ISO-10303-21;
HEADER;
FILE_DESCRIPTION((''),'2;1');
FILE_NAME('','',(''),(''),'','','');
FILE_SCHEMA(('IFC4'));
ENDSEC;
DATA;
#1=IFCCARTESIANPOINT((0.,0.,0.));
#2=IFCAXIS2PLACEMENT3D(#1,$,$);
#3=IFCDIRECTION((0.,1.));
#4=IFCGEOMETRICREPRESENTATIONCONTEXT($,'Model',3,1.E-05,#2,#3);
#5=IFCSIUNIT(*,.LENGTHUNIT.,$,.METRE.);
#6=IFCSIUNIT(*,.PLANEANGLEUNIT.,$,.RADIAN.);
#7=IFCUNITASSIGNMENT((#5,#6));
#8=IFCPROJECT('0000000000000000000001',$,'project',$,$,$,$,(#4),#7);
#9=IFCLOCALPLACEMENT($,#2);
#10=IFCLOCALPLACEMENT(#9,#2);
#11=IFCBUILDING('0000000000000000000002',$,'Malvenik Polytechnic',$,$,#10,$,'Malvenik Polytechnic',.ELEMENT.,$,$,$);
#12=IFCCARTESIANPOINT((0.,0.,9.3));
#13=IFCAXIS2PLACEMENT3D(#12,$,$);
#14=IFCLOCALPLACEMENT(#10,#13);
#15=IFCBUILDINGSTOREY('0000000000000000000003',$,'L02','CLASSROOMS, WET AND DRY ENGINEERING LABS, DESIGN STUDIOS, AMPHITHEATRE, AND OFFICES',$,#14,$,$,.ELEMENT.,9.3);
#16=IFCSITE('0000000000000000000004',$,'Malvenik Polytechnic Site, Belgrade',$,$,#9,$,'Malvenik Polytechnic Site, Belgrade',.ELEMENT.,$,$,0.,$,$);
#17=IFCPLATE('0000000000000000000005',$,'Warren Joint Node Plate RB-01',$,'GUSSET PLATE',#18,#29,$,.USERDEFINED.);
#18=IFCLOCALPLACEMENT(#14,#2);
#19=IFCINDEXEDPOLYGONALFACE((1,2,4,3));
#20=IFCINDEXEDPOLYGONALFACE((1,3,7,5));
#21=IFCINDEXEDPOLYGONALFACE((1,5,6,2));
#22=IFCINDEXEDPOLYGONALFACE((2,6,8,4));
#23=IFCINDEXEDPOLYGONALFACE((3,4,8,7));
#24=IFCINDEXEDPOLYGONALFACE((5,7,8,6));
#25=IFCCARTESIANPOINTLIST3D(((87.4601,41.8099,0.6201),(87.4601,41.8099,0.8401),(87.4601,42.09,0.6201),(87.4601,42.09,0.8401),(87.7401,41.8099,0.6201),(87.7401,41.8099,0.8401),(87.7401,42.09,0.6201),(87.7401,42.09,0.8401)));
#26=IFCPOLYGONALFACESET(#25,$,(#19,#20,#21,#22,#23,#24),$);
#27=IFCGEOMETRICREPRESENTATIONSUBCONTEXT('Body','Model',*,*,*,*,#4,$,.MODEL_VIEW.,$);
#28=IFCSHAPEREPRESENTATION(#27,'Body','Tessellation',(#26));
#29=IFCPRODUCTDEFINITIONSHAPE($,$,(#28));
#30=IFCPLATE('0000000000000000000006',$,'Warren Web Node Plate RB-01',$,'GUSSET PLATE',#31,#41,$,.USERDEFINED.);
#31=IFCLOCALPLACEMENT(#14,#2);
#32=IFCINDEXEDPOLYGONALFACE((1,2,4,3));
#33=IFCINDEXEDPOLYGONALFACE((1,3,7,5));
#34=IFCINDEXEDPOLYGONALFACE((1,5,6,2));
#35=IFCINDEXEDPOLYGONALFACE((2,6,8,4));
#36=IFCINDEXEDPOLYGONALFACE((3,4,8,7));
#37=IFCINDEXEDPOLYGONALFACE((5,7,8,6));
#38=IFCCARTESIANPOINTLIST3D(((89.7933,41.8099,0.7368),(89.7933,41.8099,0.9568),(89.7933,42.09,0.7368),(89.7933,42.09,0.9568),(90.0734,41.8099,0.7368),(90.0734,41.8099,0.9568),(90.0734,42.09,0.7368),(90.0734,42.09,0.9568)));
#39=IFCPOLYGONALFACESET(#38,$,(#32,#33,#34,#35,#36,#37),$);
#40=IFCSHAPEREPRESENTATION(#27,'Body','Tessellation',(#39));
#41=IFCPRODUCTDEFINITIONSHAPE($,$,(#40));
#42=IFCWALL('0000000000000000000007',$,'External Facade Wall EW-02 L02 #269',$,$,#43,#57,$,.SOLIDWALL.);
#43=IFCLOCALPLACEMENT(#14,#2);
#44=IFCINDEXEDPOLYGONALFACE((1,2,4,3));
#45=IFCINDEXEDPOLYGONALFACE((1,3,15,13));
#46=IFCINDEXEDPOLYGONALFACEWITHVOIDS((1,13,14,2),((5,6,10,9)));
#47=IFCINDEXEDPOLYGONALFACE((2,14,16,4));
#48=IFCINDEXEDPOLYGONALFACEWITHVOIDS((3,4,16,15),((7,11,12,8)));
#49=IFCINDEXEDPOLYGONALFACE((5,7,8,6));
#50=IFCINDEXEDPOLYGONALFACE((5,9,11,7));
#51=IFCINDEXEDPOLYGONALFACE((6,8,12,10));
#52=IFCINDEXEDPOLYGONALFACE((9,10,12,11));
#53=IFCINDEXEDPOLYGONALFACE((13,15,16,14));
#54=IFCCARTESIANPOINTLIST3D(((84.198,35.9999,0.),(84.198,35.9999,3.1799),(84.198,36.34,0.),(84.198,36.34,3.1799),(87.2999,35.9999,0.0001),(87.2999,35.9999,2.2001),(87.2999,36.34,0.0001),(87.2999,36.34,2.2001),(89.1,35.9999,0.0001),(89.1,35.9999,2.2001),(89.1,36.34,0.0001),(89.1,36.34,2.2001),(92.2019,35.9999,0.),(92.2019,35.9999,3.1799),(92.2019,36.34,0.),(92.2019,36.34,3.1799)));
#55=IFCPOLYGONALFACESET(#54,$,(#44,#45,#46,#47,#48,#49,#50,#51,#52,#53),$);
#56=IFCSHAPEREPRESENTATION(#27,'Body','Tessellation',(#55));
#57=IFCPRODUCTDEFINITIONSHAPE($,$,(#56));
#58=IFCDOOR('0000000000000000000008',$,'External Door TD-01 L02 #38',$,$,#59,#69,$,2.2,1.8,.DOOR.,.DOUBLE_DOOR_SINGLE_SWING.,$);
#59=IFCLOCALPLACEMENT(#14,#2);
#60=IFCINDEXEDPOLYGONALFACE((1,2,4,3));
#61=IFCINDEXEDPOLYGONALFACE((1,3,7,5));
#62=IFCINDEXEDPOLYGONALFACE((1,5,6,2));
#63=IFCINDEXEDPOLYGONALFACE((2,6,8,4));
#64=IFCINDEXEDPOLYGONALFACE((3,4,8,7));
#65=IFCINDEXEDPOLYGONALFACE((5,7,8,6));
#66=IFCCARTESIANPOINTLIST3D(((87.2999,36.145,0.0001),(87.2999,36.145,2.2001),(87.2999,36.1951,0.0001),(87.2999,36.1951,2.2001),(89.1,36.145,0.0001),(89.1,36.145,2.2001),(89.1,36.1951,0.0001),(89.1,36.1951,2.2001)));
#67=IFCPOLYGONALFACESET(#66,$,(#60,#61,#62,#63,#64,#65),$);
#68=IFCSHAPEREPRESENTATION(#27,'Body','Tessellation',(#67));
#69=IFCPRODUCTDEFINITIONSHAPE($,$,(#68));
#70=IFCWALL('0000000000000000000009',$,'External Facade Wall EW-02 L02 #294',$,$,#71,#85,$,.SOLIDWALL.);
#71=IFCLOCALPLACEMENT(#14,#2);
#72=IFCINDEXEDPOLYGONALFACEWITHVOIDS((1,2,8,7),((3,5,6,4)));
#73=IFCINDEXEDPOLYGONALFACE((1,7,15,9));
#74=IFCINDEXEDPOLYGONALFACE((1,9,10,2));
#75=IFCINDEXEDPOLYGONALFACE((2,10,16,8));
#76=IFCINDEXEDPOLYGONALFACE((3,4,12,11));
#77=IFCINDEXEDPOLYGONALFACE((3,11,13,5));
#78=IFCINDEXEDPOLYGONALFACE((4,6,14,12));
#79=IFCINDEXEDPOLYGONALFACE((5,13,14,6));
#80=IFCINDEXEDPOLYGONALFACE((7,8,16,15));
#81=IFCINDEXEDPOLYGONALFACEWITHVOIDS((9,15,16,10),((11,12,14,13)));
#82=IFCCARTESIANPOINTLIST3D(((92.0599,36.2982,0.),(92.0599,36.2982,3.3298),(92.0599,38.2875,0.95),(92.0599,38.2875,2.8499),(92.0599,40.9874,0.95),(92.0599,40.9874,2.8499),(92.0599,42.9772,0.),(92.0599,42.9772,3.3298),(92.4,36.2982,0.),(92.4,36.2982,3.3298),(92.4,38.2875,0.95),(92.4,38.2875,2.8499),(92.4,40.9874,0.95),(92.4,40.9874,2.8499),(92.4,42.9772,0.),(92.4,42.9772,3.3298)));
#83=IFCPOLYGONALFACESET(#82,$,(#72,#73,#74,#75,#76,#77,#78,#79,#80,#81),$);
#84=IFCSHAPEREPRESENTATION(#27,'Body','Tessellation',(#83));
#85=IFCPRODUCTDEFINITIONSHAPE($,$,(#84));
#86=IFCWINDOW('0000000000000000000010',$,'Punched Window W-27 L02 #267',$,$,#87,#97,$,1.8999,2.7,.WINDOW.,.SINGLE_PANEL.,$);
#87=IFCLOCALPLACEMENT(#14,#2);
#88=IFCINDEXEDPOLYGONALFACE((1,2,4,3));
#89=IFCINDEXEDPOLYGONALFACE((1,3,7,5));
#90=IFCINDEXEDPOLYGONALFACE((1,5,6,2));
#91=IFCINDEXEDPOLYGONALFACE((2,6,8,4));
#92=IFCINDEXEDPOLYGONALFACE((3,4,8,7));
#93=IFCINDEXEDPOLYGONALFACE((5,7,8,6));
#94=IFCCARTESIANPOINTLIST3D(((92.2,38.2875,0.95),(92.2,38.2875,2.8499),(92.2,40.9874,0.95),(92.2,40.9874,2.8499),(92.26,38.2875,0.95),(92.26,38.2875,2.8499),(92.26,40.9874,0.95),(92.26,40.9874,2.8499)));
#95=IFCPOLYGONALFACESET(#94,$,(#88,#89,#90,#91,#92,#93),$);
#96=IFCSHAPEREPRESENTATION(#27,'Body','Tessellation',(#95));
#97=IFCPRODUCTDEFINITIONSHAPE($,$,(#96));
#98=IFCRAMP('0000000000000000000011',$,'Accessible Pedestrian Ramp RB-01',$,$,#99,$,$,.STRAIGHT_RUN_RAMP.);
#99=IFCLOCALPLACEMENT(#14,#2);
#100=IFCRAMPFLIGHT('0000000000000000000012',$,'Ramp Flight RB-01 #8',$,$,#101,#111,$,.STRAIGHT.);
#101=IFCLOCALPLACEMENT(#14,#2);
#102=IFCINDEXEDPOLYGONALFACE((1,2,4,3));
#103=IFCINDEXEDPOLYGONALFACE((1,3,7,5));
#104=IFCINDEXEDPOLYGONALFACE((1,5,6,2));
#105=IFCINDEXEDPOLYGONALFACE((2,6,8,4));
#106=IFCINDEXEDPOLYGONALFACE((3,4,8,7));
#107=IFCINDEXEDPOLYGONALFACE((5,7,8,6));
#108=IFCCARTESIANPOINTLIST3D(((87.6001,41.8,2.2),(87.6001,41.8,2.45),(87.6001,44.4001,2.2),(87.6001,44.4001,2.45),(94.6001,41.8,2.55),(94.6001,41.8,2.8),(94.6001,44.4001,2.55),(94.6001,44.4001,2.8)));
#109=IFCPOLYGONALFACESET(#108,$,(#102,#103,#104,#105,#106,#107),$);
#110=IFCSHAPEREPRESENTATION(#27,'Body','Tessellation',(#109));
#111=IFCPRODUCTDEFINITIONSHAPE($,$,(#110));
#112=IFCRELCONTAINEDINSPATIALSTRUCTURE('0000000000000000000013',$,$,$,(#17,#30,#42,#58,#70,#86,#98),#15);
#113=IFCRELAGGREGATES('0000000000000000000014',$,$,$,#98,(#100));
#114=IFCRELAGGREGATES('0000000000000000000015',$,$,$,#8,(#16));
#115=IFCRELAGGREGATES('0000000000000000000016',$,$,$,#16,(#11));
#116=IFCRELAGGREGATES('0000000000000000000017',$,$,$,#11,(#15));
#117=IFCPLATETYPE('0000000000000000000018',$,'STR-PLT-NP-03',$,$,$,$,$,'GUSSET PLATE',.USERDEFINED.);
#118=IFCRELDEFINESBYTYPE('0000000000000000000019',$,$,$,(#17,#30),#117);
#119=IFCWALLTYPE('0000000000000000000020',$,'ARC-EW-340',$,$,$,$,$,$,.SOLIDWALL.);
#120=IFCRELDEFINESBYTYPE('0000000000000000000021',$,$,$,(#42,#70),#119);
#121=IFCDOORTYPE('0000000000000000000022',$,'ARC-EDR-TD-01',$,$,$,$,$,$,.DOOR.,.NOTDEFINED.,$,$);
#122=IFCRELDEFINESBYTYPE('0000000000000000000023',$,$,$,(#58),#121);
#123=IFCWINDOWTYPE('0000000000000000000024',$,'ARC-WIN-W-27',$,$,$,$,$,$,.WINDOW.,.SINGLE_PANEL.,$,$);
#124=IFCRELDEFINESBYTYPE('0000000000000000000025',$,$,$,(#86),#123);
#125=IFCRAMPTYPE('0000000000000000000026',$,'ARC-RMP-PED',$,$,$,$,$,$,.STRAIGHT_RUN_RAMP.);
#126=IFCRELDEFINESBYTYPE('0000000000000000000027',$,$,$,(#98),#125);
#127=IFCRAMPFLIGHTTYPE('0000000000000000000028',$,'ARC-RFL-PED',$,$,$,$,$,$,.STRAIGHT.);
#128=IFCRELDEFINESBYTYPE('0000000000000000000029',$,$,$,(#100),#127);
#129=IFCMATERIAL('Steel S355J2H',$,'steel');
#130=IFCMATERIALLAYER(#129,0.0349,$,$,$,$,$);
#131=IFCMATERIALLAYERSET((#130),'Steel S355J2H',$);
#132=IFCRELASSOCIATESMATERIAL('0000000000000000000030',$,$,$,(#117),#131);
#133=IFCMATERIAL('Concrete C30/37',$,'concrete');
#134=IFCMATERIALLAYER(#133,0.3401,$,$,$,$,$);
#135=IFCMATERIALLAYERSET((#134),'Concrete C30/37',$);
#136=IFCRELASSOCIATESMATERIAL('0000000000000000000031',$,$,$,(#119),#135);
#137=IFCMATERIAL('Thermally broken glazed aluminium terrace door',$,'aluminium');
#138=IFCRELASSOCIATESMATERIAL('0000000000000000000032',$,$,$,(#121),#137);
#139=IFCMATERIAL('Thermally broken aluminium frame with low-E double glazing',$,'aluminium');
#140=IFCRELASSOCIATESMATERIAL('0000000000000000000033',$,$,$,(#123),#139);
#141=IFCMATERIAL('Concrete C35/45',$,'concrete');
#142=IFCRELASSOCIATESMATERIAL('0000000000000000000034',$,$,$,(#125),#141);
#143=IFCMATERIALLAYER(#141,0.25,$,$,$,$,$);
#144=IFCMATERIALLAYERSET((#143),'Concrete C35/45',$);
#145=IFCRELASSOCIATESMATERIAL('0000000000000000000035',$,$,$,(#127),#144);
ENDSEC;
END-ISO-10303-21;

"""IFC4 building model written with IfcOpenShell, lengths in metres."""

from ifc_helpers import new_model, si_unit, direction, frame, frame_2d, origin, origin_2d, place, context, subcontext, project, spatial, polyline, rectangle, outline, extrude, material, layer, layer_set, type_object, element, fill, aggregate, save


model = new_model("IFC4")

# Units and contexts
model_context = context("Model", 3, precision=1e-05, world=origin(), true_north=direction((0.0, 1.0)))
body_context = subcontext(model_context, "Body", "Model", "MODEL_VIEW")
ifc_project = project(units=[si_unit("LENGTHUNIT", "METRE"), si_unit("PLANEANGLEUNIT", "RADIAN")], contexts=[model_context])

# Site, building, storey
site_placement = place(None, origin())
site = spatial("IfcSite", under=ifc_project, at=site_placement, Name="Malvenik Polytechnic Site, Belgrade", LongName="Malvenik Polytechnic Site, Belgrade", CompositionType="ELEMENT", RefElevation=0.0)
building_placement = place(site_placement, origin())
building = spatial("IfcBuilding", under=site, at=building_placement, Name="Malvenik Polytechnic", LongName="Malvenik Polytechnic", CompositionType="ELEMENT")
storey_placement = place(building_placement, frame((0.0, 0.0, 9.3)))
storey = spatial("IfcBuildingStorey", under=building, at=storey_placement, Name="L02", Description="CLASSROOMS, WET AND DRY ENGINEERING LABS, DESIGN STUDIOS, AMPHITHEATRE, AND OFFICES", CompositionType="ELEMENT", Elevation=9.3)

# Shared definitions
ifc_material_1 = material(Name="Steel S355J2H", Category="steel")

# Shared definitions
ifc_material_2 = material(Name="Concrete C30/37", Category="concrete")

# Plates
ifc_layer_1 = layer(ifc_material_1, 0.0349)
ifc_layer_set_1 = layer_set([ifc_layer_1], Name="Steel S355J2H")
plate_type_1 = type_object("IfcPlateType", Name="STR-PLT-NP-03", ElementType="GUSSET PLATE", PredefinedType="USERDEFINED", material=ifc_layer_set_1)
for number, where, z_axis, x_axis, name in (
    (1, (87.6001, 41.95, 0.6201), (0.0, 0.0, 1.0), (1.0, 0.0, 0.0), "Warren Joint Node Plate RB-01"),
    (2, (89.9333, 41.95, 0.7368), (0.0, 0.0, 1.0), (1.0, 0.0, 0.0), "Warren Web Node Plate RB-01"),
):
    element("IfcPlate", number, at=place(storey_placement, frame(where, z_axis=z_axis, x_axis=x_axis)), inside=storey, type_object=plate_type_1, Name=name, ObjectType="GUSSET PLATE", PredefinedType="USERDEFINED", context=body_context, shape_type="SweptSolid", body=[
        extrude(rectangle(XDim=0.28, YDim=0.28, at=origin_2d()), origin(), (0.0, 0.0, 1.0), 0.22),
    ])

# Wall, opening, door
ifc_layer_2 = layer(ifc_material_2, 0.3401)
ifc_layer_set_2 = layer_set([ifc_layer_2], Name="Concrete C30/37")
wall_type = type_object("IfcWallType", Name="ARC-EW-340", PredefinedType="SOLIDWALL", material=ifc_layer_set_2)
wall_1_placement = place(storey_placement, frame((92.2019, 36.1699, 0.0), z_axis=(0.0, 0.0, 1.0), x_axis=(-1.0, 0.0, 0.0)))
wall_1 = element("IfcWall", 3, at=wall_1_placement, inside=storey, type_object=wall_type, Name="External Facade Wall EW-02 L02 #269", PredefinedType="SOLIDWALL", context=body_context, shape_type="SweptSolid", body=[
    extrude(rectangle(XDim=8.0039, YDim=0.3401, at=frame_2d((4.002, 0.0))), origin(), (0.0, 0.0, 1.0), 3.1799),
])
opening_1_placement = place(wall_1_placement, frame((3.1021, 0.0, 0.0)))
opening_1 = element("IfcOpeningElement", 4, at=opening_1_placement, cuts=wall_1, PredefinedType="OPENING", context=body_context, shape_type="SweptSolid", body=[
    extrude(rectangle(XDim=1.8, YDim=2.2, at=frame_2d((0.8999, 1.1001))), frame((0.0, 0.1802, 0.0), z_axis=(0.0, -1.0, 0.0), x_axis=(1.0, 0.0, 0.0)), (0.0, 0.0, 1.0), 0.3601),
])
ifc_material_3 = material(Name="Thermally broken glazed aluminium terrace door", Category="aluminium")
door_type = type_object("IfcDoorType", Name="ARC-EDR-TD-01", OperationType="NOTDEFINED", PredefinedType="DOOR", material=ifc_material_3)
door_placement = place(opening_1_placement, origin())
door = element("IfcDoor", 5, at=door_placement, inside=storey, type_object=door_type, Name="External Door TD-01 L02 #38", OperationType="DOUBLE_DOOR_SINGLE_SWING", OverallHeight=2.2, OverallWidth=1.8, PredefinedType="DOOR", context=body_context, shape_type="SweptSolid", body=[
    extrude(rectangle(XDim=1.8, YDim=2.2, at=frame_2d((0.8999, 1.1001))), frame((0.0, 0.0249, 0.0), z_axis=(0.0, -1.0, 0.0), x_axis=(1.0, 0.0, 0.0)), (0.0, 0.0, 1.0), 0.05),
])
fill(opening_1, door)

# Wall, opening, window
wall_2_placement = place(storey_placement, frame((92.23, 42.9771, 0.0), z_axis=(0.0, 0.0, 1.0), x_axis=(0.0, -1.0, 0.0)))
wall_2 = element("IfcWall", 6, at=wall_2_placement, inside=storey, type_object=wall_type, Name="External Facade Wall EW-02 L02 #294", PredefinedType="SOLIDWALL", context=body_context, shape_type="SweptSolid", body=[
    extrude(rectangle(XDim=6.679, YDim=0.3401, at=frame_2d((3.3394, 0.0))), origin(), (0.0, 0.0, 1.0), 3.3298),
])
opening_2_placement = place(wall_2_placement, frame((1.9895, 0.0, 0.95)))
opening_2 = element("IfcOpeningElement", 7, at=opening_2_placement, cuts=wall_2, PredefinedType="OPENING", context=body_context, shape_type="SweptSolid", body=[
    extrude(rectangle(XDim=2.7, YDim=1.8999, at=frame_2d((1.3501, 0.95))), frame((0.0, 0.1802, 0.0), z_axis=(0.0, -1.0, 0.0), x_axis=(1.0, 0.0, 0.0)), (0.0, 0.0, 1.0), 0.3601),
])
ifc_material_4 = material(Name="Thermally broken aluminium frame with low-E double glazing", Category="aluminium")
window_type = type_object("IfcWindowType", Name="ARC-WIN-W-27", PartitioningType="SINGLE_PANEL", PredefinedType="WINDOW", material=ifc_material_4)
window_placement = place(opening_2_placement, origin())
window = element("IfcWindow", 8, at=window_placement, inside=storey, type_object=window_type, Name="Punched Window W-27 L02 #267", OverallHeight=1.8999, OverallWidth=2.7, PartitioningType="SINGLE_PANEL", PredefinedType="WINDOW", context=body_context, shape_type="SweptSolid", body=[
    extrude(rectangle(XDim=2.7, YDim=1.8999, at=frame_2d((1.3501, 0.95))), frame((0.0, 0.03, 0.0), z_axis=(0.0, -1.0, 0.0), x_axis=(1.0, 0.0, 0.0)), (0.0, 0.0, 1.0), 0.0601),
])
fill(opening_2, window)

# Ramp, ramp flight
ifc_material_5 = material(Name="Concrete C35/45", Category="concrete")
ramp_type = type_object("IfcRampType", Name="ARC-RMP-PED", PredefinedType="STRAIGHT_RUN_RAMP", material=ifc_material_5)
ramp_placement = place(storey_placement, origin())
ramp = element("IfcRamp", 9, at=ramp_placement, inside=storey, type_object=ramp_type, Name="Accessible Pedestrian Ramp RB-01", PredefinedType="STRAIGHT_RUN_RAMP")
ifc_layer_3 = layer(ifc_material_5, 0.25)
ifc_layer_set_3 = layer_set([ifc_layer_3], Name="Concrete C35/45")
ramp_flight_type = type_object("IfcRampFlightType", Name="ARC-RFL-PED", PredefinedType="STRAIGHT", material=ifc_layer_set_3)
ramp_flight_placement = place(storey_placement, frame((87.6001, 43.1001, 2.45), z_axis=(0.0, 0.0, 1.0), x_axis=(1.0, 0.0, 0.0)))
ramp_flight = element("IfcRampFlight", 10, at=ramp_flight_placement, type_object=ramp_flight_type, Name="Ramp Flight RB-01 #8", PredefinedType="STRAIGHT", context=body_context, shape_type="SweptSolid", body=[
    extrude(outline(polyline([(0.0, -0.25), (7.0, 0.1001), (7.0, 0.3501), (0.0, 0.0), (0.0, -0.25)])), frame((0.0, 1.3, 0.0), z_axis=(0.0, -1.0, 0.0), x_axis=(1.0, 0.0, 0.0)), (0.0, 0.0, 1.0), 2.6001),
])
aggregate(ramp, [ramp_flight])

save(model, "model.ifc")
